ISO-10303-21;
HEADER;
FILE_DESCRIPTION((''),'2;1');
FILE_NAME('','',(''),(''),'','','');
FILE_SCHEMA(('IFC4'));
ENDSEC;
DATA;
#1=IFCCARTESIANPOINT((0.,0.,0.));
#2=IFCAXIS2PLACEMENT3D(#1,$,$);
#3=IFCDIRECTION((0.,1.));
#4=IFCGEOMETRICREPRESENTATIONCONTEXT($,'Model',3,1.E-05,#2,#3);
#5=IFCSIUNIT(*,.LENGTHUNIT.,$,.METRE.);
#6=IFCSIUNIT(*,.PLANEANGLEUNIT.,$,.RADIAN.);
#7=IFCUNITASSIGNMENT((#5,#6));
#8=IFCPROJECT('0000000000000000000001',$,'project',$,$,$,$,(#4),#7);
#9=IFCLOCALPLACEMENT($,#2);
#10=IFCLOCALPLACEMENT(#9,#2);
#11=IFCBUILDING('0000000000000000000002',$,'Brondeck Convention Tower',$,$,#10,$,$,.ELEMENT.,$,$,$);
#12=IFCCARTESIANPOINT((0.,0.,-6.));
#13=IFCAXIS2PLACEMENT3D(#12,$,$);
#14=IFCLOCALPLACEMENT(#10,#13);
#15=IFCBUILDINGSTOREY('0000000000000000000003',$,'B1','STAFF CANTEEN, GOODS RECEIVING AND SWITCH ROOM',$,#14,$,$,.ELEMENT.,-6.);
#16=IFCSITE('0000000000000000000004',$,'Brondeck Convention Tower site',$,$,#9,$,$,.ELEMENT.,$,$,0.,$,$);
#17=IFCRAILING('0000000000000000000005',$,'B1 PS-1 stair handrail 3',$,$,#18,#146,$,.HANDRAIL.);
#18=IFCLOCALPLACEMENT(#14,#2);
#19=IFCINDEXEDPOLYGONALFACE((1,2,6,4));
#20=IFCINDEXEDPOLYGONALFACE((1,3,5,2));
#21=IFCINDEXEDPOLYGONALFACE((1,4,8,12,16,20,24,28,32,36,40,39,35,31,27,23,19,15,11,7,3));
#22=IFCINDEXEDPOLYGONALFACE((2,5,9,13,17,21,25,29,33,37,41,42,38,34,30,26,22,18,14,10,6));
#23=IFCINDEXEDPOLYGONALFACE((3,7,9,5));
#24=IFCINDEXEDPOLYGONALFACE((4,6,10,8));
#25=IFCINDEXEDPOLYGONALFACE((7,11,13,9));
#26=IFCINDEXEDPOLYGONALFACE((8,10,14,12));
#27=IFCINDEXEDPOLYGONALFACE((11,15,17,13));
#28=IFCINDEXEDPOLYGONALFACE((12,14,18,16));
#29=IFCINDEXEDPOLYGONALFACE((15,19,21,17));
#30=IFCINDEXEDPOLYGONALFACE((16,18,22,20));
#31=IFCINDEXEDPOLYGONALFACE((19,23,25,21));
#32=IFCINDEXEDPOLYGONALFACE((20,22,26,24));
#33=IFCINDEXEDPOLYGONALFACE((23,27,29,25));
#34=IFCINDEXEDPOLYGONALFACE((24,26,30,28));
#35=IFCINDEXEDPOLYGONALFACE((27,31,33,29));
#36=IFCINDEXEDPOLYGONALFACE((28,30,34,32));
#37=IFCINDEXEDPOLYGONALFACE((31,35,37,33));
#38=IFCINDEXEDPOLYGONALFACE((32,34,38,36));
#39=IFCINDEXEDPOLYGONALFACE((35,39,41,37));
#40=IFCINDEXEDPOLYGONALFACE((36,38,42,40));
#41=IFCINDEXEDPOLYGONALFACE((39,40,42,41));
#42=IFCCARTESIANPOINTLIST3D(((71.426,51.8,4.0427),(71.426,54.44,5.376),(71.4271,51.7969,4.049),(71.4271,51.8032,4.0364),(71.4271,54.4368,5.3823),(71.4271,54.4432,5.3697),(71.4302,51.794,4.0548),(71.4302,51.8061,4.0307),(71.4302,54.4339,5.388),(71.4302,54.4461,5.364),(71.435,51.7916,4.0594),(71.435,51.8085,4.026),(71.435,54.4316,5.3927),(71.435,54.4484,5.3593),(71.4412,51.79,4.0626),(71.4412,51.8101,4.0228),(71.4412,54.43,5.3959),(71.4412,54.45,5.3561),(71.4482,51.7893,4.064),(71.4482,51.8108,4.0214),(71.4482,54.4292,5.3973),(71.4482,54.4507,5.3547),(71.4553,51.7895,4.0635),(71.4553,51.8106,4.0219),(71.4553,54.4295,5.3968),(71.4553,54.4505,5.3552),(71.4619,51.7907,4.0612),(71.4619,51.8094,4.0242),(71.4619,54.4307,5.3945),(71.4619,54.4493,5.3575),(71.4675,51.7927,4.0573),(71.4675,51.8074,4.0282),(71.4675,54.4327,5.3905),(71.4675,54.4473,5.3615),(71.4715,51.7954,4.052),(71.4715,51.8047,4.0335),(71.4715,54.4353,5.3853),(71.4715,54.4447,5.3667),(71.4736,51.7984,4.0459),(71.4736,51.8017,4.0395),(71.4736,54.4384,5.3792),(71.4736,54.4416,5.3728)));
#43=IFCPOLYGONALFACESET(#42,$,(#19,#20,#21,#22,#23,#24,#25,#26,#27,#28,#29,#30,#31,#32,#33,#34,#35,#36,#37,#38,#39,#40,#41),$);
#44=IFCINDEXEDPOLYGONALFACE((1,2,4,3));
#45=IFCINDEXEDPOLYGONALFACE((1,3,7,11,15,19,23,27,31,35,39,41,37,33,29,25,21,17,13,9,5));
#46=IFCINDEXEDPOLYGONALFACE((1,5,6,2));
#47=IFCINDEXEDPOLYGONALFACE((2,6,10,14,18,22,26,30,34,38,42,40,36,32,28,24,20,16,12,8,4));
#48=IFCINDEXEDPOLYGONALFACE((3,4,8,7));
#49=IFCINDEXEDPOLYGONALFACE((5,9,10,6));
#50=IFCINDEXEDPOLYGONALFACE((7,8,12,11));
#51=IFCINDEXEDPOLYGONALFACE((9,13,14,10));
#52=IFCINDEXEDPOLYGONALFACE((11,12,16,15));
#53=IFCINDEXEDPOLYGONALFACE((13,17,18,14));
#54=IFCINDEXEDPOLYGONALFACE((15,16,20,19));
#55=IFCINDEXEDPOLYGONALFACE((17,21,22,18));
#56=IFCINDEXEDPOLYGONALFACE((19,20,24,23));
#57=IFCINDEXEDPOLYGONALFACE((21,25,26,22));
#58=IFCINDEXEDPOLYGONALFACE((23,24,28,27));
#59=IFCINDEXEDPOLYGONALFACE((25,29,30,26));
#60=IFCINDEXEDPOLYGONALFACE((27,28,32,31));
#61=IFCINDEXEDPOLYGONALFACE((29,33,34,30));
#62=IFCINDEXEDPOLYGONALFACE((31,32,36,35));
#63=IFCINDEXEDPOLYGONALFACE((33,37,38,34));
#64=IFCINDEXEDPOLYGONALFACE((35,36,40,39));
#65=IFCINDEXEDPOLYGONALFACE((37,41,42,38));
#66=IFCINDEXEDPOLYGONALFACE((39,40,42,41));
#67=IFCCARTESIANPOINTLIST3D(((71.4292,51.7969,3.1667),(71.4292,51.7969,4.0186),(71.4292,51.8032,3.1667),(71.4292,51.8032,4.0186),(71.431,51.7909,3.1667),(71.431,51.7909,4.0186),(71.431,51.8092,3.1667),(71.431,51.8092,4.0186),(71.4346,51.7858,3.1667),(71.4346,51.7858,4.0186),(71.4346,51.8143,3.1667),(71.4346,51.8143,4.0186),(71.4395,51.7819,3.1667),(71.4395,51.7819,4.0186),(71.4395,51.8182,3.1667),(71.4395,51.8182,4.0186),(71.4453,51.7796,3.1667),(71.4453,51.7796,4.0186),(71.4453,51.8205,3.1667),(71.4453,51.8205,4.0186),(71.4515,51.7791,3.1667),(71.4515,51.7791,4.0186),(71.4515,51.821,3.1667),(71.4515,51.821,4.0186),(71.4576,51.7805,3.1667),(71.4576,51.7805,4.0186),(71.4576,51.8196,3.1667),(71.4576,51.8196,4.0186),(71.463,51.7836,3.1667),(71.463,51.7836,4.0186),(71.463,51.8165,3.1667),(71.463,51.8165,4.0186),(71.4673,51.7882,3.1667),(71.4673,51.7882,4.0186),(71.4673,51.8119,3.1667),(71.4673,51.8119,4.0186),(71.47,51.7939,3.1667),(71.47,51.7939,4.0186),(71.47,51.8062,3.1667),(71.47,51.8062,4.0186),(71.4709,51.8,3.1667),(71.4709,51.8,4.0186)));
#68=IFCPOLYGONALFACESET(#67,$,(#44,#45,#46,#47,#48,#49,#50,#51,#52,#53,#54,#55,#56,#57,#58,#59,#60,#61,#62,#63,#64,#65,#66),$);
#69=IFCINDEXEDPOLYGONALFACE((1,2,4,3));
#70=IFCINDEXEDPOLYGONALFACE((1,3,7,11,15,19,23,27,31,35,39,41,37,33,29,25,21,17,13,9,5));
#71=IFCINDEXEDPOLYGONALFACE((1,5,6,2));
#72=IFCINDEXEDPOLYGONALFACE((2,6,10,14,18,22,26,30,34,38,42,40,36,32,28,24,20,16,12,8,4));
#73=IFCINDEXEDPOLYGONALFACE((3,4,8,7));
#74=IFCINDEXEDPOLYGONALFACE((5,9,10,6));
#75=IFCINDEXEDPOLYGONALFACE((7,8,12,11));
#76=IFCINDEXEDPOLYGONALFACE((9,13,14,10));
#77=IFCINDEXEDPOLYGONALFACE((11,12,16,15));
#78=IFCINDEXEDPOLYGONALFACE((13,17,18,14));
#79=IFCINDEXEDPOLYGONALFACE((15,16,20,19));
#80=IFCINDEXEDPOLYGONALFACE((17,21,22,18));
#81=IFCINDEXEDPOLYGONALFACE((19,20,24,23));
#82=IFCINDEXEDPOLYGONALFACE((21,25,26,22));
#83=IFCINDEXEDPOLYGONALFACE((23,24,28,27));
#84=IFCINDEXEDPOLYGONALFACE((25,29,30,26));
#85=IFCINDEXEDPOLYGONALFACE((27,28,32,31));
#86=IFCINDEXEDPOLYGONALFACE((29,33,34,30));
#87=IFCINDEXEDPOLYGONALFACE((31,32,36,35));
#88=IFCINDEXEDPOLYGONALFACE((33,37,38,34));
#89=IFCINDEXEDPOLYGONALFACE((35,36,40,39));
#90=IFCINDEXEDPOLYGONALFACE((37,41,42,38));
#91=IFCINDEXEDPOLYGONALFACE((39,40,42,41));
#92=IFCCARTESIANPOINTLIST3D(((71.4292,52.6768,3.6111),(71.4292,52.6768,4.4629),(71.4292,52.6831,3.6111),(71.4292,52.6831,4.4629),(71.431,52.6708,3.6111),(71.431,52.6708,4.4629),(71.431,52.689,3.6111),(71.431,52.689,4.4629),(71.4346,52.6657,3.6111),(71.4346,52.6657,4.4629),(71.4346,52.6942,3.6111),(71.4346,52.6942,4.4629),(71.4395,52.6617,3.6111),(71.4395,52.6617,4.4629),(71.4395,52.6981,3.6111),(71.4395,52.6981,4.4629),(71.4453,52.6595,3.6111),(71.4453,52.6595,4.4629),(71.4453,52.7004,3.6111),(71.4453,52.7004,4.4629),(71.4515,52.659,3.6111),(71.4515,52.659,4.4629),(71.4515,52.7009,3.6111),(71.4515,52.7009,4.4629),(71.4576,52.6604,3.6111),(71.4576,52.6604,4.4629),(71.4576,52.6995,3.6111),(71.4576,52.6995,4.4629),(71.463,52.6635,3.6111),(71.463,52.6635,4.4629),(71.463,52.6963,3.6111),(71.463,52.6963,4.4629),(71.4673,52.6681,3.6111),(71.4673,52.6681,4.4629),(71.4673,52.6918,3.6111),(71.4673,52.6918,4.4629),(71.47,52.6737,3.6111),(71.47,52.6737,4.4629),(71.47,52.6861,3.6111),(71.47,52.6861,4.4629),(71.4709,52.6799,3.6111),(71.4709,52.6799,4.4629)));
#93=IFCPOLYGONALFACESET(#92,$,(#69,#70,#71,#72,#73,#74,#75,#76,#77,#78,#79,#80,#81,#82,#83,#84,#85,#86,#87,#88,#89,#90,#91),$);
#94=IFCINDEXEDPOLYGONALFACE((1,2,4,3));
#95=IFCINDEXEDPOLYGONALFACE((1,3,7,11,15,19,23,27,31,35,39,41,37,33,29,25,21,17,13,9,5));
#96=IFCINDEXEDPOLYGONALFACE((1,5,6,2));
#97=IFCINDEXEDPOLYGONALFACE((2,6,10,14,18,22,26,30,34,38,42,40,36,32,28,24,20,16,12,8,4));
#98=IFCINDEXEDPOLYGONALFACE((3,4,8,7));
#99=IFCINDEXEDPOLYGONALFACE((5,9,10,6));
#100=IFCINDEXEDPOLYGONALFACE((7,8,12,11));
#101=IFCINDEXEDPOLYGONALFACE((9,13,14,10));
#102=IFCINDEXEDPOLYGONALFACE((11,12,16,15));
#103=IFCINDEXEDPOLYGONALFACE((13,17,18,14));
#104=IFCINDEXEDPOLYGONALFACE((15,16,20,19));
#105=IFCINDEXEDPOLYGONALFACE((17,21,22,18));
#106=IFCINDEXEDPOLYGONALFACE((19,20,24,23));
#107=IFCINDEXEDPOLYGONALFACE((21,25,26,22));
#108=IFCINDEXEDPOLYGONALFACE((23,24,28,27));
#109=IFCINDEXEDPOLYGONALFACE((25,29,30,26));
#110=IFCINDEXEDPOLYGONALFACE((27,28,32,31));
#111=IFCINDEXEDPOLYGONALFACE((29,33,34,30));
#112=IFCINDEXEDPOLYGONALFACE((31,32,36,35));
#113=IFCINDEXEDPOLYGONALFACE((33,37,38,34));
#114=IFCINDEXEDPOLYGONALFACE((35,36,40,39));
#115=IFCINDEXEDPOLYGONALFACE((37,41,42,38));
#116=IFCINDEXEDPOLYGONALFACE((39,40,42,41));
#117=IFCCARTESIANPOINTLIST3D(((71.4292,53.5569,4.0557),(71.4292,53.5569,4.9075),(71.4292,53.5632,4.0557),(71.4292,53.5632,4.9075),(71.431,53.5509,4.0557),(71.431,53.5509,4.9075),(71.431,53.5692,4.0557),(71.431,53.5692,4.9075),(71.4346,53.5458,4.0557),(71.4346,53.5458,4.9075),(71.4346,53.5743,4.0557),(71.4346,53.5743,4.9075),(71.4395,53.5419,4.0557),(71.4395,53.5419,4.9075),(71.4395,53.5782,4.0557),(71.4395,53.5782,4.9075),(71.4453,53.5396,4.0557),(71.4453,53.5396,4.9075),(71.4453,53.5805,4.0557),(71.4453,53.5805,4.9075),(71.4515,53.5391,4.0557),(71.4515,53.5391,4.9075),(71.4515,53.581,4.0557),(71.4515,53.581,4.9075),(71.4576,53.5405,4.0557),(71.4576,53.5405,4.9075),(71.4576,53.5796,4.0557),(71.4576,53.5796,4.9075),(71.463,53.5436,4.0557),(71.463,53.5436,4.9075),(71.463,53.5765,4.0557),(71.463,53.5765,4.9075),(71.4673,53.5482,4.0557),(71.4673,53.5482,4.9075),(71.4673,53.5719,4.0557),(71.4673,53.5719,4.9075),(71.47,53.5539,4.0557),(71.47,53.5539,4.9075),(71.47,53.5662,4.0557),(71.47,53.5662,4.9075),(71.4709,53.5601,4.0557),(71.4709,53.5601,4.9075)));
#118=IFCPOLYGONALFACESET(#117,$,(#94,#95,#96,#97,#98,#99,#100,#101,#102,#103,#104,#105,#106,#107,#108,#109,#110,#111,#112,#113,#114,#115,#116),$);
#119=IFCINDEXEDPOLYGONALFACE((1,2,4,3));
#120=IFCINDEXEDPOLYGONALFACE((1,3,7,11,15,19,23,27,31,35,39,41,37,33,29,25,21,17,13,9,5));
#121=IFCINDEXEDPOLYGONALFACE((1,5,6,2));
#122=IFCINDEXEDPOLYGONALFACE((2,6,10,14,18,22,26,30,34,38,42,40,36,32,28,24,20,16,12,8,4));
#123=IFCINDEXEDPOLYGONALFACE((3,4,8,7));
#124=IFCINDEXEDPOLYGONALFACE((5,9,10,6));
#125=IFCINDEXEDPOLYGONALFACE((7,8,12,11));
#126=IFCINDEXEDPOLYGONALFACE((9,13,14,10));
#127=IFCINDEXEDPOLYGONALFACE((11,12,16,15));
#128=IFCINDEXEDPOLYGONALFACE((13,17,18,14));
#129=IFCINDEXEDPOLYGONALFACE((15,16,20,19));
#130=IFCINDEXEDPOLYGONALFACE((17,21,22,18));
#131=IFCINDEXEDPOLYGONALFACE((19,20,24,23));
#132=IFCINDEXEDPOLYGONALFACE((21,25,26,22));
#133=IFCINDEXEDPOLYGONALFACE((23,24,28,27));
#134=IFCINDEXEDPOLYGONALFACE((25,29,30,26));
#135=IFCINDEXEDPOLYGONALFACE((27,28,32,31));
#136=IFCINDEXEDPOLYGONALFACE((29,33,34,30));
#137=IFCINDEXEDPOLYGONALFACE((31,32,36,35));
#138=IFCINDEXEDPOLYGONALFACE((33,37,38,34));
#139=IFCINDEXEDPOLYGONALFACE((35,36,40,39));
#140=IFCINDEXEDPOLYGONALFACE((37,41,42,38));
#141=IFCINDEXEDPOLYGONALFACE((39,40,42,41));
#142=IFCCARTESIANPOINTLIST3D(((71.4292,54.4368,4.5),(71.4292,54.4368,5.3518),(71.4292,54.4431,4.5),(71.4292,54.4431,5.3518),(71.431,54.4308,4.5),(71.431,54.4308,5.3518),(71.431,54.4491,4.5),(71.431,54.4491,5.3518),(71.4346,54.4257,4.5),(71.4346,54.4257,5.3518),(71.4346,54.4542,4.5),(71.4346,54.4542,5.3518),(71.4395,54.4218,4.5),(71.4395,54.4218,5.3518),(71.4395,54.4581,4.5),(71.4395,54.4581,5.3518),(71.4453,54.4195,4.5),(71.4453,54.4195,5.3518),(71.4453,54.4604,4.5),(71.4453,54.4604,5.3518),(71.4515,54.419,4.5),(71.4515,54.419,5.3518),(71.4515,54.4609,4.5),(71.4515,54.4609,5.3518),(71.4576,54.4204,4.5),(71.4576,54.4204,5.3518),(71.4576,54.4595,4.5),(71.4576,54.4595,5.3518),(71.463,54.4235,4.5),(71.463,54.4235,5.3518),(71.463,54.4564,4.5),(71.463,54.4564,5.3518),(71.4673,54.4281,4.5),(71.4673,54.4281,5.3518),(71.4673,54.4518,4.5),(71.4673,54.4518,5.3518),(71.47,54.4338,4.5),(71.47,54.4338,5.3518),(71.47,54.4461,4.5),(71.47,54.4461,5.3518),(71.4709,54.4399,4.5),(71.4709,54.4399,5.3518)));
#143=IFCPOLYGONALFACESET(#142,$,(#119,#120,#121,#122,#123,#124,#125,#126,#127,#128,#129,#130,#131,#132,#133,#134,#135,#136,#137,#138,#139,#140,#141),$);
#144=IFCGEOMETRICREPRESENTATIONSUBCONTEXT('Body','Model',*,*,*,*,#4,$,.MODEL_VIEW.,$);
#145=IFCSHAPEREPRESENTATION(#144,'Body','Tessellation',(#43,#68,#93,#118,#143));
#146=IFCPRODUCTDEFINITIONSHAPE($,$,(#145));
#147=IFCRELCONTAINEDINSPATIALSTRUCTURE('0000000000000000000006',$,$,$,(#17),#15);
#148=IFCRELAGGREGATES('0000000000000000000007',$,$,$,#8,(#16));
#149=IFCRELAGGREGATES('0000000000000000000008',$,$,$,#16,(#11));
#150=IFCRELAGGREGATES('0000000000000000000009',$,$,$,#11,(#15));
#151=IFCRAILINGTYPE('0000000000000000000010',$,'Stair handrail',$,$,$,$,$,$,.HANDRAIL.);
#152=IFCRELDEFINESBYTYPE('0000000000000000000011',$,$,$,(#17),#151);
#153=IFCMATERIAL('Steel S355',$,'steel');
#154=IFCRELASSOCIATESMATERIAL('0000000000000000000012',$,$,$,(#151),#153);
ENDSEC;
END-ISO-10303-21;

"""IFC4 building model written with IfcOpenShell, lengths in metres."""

from ifc_helpers import new_model, si_unit, direction, frame, origin, origin_2d, place, context, subcontext, project, spatial, circle, extrude, material, type_object, element, save


model = new_model("IFC4")

# Units and contexts
model_context = context("Model", 3, precision=1e-05, world=origin(), true_north=direction((0.0, 1.0)))
body_context = subcontext(model_context, "Body", "Model", "MODEL_VIEW")
ifc_project = project(units=[si_unit("LENGTHUNIT", "METRE"), si_unit("PLANEANGLEUNIT", "RADIAN")], contexts=[model_context])

# Site, building, storey
site_placement = place(None, origin())
site = spatial("IfcSite", under=ifc_project, at=site_placement, Name="Brondeck Convention Tower site", CompositionType="ELEMENT", RefElevation=0.0)
building_placement = place(site_placement, origin())
building = spatial("IfcBuilding", under=site, at=building_placement, Name="Brondeck Convention Tower", CompositionType="ELEMENT")
storey_placement = place(building_placement, frame((0.0, 0.0, -6.0)))
storey = spatial("IfcBuildingStorey", under=building, at=storey_placement, Name="B1", Description="STAFF CANTEEN, GOODS RECEIVING AND SWITCH ROOM", CompositionType="ELEMENT", Elevation=-6.0)

# Railing
ifc_material_1 = material(Name="Steel S355", Category="steel")
railing_type = type_object("IfcRailingType", Name="Stair handrail", PredefinedType="HANDRAIL", material=ifc_material_1)
railing_1_placement = place(storey_placement, frame((71.45, 51.8, 3.1667)))
element("IfcRailing", 1, at=railing_1_placement, inside=storey, type_object=railing_type, Name="B1 PS-1 stair handrail 3", PredefinedType="HANDRAIL", context=body_context, shape_type="SweptSolid", body=[
    extrude(circle(Radius=0.0239, at=origin_2d()), frame((0.0, 0.0, 0.876), z_axis=(0.0, 0.89262, 0.450809), x_axis=(-1.0, 0.0, 0.0)), (0.0, 0.0, 1.0), 2.9575),
    extrude(circle(Radius=0.021, at=origin_2d()), origin(), (0.0, 0.0, 1.0), 0.8518),
    extrude(circle(Radius=0.021, at=origin_2d()), frame((0.0, 0.8799, 0.4443)), (0.0, 0.0, 1.0), 0.8518),
    extrude(circle(Radius=0.021, at=origin_2d()), frame((0.0, 1.76, 0.8889)), (0.0, 0.0, 1.0), 0.8518),
    extrude(circle(Radius=0.021, at=origin_2d()), frame((0.0, 2.6399, 1.3333)), (0.0, 0.0, 1.0), 0.8518),
])

save(model, "model.ifc")
